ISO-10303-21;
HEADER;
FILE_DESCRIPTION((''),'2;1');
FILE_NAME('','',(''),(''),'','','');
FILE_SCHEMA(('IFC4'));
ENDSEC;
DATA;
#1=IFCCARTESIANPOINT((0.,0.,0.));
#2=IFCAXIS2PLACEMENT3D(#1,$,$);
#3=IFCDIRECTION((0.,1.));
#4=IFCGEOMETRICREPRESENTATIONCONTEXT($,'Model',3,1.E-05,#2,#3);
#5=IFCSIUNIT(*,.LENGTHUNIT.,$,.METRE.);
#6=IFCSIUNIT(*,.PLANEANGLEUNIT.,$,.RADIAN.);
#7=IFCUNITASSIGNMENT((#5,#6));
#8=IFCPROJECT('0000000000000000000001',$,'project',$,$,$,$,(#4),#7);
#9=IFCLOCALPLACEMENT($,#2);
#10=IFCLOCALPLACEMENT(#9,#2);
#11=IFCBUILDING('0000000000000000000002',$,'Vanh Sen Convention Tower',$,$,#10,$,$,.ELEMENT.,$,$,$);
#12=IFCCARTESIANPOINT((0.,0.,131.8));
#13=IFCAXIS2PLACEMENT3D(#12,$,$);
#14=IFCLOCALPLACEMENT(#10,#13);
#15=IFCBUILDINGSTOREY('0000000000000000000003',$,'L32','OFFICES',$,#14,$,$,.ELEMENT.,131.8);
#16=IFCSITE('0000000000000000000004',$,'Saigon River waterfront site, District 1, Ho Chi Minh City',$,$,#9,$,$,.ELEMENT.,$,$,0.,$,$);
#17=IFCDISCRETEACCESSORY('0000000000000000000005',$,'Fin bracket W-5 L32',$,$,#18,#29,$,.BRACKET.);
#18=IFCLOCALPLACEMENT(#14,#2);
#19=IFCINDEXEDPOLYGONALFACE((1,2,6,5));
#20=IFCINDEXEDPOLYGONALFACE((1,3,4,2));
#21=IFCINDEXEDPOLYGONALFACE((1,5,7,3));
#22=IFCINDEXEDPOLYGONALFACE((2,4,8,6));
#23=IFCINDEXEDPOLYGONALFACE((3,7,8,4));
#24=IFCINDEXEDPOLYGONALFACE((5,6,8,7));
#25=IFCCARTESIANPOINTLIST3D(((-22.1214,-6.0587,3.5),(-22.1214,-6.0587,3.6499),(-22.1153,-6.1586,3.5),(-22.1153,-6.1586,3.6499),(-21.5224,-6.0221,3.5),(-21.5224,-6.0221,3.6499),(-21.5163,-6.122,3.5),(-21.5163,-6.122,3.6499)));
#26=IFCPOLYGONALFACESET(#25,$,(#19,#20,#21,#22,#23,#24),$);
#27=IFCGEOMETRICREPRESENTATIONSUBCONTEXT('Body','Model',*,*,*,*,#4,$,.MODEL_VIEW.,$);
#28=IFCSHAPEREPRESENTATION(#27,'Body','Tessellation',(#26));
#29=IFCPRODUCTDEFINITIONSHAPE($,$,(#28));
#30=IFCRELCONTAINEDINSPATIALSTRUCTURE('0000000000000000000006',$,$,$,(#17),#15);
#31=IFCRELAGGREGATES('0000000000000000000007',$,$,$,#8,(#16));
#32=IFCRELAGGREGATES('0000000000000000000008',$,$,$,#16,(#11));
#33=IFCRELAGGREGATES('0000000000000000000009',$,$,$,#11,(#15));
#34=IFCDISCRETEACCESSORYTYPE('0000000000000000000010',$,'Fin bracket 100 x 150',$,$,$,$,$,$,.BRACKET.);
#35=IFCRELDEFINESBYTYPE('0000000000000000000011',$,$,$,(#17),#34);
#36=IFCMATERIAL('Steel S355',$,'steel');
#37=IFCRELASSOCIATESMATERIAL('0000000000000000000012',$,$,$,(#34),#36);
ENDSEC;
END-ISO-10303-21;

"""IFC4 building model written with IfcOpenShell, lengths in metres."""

from ifc_helpers import new_model, si_unit, direction, frame, origin, origin_2d, place, context, subcontext, project, spatial, rectangle, extrude, material, type_object, element, save


model = new_model("IFC4")

# Units and contexts
model_context = context("Model", 3, precision=1e-05, world=origin(), true_north=direction((0.0, 1.0)))
body_context = subcontext(model_context, "Body", "Model", "MODEL_VIEW")
ifc_project = project(units=[si_unit("LENGTHUNIT", "METRE"), si_unit("PLANEANGLEUNIT", "RADIAN")], contexts=[model_context])

# Site, building, storey
site_placement = place(None, origin())
site = spatial("IfcSite", under=ifc_project, at=site_placement, Name="Saigon River waterfront site, District 1, Ho Chi Minh City", CompositionType="ELEMENT", RefElevation=0.0)
building_placement = place(site_placement, origin())
building = spatial("IfcBuilding", under=site, at=building_placement, Name="Vanh Sen Convention Tower", CompositionType="ELEMENT")
storey_placement = place(building_placement, frame((0.0, 0.0, 131.8)))
storey = spatial("IfcBuildingStorey", under=building, at=storey_placement, Name="L32", Description="OFFICES", CompositionType="ELEMENT", Elevation=131.8)

# Discrete accessory
ifc_material_1 = material(Name="Steel S355", Category="steel")
discrete_accessory_type = type_object("IfcDiscreteAccessoryType", Name="Fin bracket 100 x 150", PredefinedType="BRACKET", material=ifc_material_1)
discrete_accessory_placement = place(storey_placement, frame((-21.8188, -6.0903, 3.5), z_axis=(0.0, 0.0, 1.0), x_axis=(-0.998135, -0.061049, 0.0)))
element("IfcDiscreteAccessory", 1, at=discrete_accessory_placement, inside=storey, type_object=discrete_accessory_type, Name="Fin bracket W-5 L32", PredefinedType="BRACKET", context=body_context, shape_type="SweptSolid", body=[
    extrude(rectangle(XDim=0.6001, YDim=0.1001, at=origin_2d()), origin(), (0.0, 0.0, 1.0), 0.1499),
])

save(model, "model.ifc")
